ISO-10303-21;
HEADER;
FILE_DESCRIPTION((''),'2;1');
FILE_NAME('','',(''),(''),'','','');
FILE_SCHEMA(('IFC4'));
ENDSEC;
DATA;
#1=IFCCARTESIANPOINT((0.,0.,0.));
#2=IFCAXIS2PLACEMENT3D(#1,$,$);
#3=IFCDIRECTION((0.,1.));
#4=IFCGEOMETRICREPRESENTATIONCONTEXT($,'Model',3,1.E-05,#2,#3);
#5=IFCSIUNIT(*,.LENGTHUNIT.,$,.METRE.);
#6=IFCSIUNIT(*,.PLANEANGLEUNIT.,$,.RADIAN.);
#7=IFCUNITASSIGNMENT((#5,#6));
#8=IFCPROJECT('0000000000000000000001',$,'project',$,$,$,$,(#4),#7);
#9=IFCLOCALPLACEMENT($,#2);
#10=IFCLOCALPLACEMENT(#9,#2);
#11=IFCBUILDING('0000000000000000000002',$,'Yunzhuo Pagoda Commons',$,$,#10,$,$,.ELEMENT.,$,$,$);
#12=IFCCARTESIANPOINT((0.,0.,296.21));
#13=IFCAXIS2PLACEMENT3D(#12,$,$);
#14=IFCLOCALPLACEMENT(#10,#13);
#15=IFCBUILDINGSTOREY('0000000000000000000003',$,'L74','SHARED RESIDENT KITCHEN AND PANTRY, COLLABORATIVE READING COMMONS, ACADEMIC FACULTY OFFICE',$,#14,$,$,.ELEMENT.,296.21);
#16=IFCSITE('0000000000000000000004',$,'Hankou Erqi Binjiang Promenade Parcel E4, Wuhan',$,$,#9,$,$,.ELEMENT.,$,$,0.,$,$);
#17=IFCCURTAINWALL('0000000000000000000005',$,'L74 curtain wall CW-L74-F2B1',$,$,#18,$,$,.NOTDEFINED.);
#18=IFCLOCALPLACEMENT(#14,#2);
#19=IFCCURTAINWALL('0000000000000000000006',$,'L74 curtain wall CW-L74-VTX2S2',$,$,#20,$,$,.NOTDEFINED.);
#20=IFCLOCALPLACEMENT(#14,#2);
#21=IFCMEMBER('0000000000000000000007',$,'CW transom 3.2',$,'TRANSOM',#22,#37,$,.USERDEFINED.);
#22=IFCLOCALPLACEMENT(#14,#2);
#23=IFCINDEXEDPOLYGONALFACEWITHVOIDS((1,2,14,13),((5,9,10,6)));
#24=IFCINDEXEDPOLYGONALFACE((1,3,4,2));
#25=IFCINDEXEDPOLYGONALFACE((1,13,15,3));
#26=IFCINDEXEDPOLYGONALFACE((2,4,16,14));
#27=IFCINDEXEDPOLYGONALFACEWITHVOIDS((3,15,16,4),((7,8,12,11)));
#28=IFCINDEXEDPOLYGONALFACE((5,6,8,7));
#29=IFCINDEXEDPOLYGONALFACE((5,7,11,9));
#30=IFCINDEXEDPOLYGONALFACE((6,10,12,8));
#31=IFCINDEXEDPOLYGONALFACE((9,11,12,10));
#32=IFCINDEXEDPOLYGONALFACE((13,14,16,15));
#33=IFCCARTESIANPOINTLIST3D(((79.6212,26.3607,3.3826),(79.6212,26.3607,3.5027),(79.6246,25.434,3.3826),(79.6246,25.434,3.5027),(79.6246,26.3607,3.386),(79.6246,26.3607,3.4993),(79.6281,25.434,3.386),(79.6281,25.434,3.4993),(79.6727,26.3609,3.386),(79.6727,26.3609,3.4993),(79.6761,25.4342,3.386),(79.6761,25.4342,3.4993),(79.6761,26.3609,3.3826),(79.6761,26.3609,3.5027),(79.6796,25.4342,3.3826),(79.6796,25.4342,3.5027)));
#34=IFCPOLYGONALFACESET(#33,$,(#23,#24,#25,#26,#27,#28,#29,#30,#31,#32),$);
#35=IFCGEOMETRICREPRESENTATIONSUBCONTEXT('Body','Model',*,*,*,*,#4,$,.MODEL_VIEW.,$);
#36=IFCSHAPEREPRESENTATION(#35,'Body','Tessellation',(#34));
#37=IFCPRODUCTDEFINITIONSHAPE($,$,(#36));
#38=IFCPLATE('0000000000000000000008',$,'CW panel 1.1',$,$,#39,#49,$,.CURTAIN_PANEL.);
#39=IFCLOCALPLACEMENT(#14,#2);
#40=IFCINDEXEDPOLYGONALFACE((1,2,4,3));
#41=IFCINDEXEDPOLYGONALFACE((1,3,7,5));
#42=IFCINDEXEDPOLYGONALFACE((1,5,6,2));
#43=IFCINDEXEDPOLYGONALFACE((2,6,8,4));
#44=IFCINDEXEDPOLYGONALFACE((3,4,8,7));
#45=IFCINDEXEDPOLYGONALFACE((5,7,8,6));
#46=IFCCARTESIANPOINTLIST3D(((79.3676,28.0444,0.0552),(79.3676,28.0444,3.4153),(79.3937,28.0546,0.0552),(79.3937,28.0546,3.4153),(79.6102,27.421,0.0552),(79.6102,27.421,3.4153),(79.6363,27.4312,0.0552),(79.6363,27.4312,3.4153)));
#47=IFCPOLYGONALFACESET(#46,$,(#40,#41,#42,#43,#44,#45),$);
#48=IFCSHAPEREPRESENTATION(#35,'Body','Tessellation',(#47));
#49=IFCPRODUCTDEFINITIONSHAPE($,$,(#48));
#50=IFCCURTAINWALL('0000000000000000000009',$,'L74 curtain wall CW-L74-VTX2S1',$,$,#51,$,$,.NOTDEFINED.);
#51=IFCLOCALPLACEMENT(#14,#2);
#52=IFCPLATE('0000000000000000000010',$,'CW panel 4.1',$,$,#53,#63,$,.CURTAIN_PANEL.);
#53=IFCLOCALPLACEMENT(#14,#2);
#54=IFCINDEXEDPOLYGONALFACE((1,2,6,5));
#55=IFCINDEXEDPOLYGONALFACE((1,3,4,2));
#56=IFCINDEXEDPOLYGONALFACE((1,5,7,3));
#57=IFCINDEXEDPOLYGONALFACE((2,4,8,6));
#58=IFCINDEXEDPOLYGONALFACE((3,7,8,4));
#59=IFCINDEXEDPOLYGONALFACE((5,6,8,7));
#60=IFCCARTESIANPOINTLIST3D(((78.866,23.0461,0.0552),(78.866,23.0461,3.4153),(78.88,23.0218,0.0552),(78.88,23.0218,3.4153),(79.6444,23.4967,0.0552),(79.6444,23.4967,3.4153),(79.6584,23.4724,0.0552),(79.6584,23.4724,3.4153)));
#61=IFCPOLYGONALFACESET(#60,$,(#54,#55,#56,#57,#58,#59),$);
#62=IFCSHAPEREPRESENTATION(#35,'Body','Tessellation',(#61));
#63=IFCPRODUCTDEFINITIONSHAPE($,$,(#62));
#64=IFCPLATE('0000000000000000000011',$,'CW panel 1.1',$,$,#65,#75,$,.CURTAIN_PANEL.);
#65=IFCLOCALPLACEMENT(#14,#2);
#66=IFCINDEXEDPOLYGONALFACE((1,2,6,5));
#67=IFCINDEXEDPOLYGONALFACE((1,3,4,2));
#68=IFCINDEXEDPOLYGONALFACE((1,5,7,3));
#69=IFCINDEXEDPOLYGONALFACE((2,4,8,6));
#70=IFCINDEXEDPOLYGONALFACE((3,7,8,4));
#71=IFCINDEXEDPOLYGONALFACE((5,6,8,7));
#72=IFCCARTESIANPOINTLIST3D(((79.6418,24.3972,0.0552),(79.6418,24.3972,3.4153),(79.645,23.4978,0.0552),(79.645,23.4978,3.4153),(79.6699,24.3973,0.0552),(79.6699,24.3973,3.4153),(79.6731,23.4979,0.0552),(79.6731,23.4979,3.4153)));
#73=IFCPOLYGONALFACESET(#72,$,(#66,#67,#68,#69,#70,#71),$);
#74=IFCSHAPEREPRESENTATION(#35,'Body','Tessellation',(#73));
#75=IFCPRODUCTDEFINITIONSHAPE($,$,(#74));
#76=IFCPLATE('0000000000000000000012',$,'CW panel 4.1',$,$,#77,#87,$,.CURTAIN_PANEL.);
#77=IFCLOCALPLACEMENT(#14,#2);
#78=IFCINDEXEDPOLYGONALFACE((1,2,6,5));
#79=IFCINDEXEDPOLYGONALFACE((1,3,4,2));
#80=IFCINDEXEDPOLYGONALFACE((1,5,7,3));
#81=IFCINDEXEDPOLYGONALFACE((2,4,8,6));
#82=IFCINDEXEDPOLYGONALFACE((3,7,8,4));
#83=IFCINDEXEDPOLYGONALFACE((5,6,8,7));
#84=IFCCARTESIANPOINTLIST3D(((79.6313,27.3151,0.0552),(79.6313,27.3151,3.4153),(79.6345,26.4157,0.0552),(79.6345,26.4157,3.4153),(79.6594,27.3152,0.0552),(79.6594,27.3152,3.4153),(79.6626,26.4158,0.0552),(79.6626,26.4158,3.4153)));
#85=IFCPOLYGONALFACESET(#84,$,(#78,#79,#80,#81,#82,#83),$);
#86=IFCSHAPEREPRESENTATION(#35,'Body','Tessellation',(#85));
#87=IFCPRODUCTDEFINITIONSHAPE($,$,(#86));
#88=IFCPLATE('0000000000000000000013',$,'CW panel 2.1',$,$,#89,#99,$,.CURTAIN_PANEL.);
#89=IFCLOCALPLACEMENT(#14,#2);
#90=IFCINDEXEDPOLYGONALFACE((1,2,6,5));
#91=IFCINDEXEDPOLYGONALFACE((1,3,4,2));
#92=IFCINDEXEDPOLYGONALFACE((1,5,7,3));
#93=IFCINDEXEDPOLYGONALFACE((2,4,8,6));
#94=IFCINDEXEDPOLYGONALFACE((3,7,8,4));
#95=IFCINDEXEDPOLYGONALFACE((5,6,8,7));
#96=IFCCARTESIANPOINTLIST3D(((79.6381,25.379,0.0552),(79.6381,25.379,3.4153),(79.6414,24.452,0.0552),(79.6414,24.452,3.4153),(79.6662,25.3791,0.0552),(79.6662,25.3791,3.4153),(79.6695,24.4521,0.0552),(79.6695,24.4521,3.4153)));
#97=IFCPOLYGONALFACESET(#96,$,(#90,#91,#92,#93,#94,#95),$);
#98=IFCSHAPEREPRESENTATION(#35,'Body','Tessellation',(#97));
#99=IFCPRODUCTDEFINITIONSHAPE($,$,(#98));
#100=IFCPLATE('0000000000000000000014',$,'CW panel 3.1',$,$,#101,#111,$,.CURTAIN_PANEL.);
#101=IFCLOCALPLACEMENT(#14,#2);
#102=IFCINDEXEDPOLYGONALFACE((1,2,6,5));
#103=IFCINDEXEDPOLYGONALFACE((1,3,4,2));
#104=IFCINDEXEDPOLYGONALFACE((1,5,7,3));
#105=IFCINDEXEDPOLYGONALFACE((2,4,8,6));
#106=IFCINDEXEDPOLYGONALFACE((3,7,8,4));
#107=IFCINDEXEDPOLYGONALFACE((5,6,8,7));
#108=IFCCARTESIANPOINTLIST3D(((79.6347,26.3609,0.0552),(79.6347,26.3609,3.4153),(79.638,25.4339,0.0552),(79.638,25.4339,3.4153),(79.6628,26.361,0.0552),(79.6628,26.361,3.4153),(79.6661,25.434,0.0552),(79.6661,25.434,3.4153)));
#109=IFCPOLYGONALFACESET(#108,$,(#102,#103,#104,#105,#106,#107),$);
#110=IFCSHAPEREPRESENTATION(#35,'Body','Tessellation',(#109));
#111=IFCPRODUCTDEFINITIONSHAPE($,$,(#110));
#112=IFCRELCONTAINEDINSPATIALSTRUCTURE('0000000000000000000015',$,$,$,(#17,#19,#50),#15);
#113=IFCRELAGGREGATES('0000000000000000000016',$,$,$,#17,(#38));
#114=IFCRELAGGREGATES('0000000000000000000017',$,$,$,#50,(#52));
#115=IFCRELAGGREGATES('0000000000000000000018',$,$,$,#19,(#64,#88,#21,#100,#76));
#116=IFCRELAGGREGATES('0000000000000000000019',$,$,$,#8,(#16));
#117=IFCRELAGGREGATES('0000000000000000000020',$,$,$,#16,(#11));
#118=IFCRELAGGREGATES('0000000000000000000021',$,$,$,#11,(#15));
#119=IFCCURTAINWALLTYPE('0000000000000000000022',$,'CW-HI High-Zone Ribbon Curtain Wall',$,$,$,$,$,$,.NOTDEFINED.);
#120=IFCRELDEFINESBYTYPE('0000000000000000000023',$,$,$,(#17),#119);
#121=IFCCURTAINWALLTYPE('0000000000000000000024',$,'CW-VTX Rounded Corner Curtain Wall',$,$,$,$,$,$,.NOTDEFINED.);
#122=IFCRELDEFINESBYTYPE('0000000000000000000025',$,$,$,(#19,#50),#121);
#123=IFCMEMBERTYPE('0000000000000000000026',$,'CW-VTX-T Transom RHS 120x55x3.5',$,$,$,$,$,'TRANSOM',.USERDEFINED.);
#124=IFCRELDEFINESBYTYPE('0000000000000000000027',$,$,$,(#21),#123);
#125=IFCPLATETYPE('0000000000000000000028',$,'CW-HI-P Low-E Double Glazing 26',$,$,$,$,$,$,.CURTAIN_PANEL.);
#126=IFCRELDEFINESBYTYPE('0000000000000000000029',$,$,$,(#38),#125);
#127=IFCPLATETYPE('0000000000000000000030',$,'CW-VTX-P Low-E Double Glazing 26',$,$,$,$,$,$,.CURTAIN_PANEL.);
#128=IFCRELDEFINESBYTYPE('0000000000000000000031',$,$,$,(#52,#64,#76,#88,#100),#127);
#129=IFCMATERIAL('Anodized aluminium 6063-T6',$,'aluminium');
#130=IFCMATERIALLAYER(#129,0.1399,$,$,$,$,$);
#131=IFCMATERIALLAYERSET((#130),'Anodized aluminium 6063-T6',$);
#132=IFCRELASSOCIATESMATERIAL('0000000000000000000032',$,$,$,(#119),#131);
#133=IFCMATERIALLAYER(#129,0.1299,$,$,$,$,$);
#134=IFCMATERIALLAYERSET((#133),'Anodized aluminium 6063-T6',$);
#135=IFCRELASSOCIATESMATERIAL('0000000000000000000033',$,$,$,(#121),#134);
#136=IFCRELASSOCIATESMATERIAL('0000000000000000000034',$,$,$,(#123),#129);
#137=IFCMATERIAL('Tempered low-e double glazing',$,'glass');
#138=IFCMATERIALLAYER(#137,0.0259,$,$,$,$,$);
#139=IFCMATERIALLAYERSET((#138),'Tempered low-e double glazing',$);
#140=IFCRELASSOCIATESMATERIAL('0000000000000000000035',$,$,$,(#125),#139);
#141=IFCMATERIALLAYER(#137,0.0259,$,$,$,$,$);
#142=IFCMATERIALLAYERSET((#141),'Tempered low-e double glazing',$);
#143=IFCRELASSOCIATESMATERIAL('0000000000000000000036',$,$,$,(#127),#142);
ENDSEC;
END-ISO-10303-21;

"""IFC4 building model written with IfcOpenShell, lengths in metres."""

from ifc_helpers import new_model, si_unit, direction, frame, origin, origin_2d, place, context, subcontext, project, spatial, rectangle, hollow_rectangle, extrude, source, transform, mapped, material, layer, layer_set, material_profile, profile_set, type_object, element, aggregate, save


model = new_model("IFC4")

# Units and contexts
model_context = context("Model", 3, precision=1e-05, world=origin(), true_north=direction((0.0, 1.0)))
body_context = subcontext(model_context, "Body", "Model", "MODEL_VIEW")
ifc_project = project(units=[si_unit("LENGTHUNIT", "METRE"), si_unit("PLANEANGLEUNIT", "RADIAN")], contexts=[model_context])

# Site, building, storey
site_placement = place(None, origin())
site = spatial("IfcSite", under=ifc_project, at=site_placement, Name="Hankou Erqi Binjiang Promenade Parcel E4, Wuhan", CompositionType="ELEMENT", RefElevation=0.0)
building_placement = place(site_placement, origin())
building = spatial("IfcBuilding", under=site, at=building_placement, Name="Yunzhuo Pagoda Commons", CompositionType="ELEMENT")
storey_placement = place(building_placement, frame((0.0, 0.0, 296.21)))
storey = spatial("IfcBuildingStorey", under=building, at=storey_placement, Name="L74", Description="SHARED RESIDENT KITCHEN AND PANTRY, COLLABORATIVE READING COMMONS, ACADEMIC FACULTY OFFICE", CompositionType="ELEMENT", Elevation=296.21)

# Shared definitions
ifc_material_1 = material(Name="Anodized aluminium 6063-T6", Category="aluminium")
ifc_layer_1 = layer(ifc_material_1, 0.1399)
ifc_layer_set_1 = layer_set([ifc_layer_1], Name="Anodized aluminium 6063-T6")
curtain_wall_type_1 = type_object("IfcCurtainWallType", Name="CW-HI High-Zone Ribbon Curtain Wall", PredefinedType="NOTDEFINED", material=ifc_layer_set_1)

# Curtain walls
curtain_wall_1_placement = place(storey_placement, origin())
curtain_wall_1 = element("IfcCurtainWall", 1, at=curtain_wall_1_placement, inside=storey, type_object=curtain_wall_type_1, Name="L74 curtain wall CW-L74-F2B1", PredefinedType="NOTDEFINED")
ifc_layer_2 = layer(ifc_material_1, 0.1299)
ifc_layer_set_2 = layer_set([ifc_layer_2], Name="Anodized aluminium 6063-T6")
curtain_wall_type_2 = type_object("IfcCurtainWallType", Name="CW-VTX Rounded Corner Curtain Wall", PredefinedType="NOTDEFINED", material=ifc_layer_set_2)
curtain_wall_2_placement = place(storey_placement, origin())
curtain_wall_2 = element("IfcCurtainWall", 2, at=curtain_wall_2_placement, inside=storey, type_object=curtain_wall_type_2, Name="L74 curtain wall CW-L74-VTX2S2", PredefinedType="NOTDEFINED")

# Member
ifc_material_profile_1 = material_profile(ifc_material_1, hollow_rectangle(XDim=0.0549, YDim=0.1201, WallThickness=0.0034, at=origin_2d()), Name="Anodized aluminium 6063-T6")
ifc_profile_set_1 = profile_set([ifc_material_profile_1], Name="Anodized aluminium 6063-T6")
member_type_1 = type_object("IfcMemberType", Name="CW-VTX-T Transom RHS 120x55x3.5", ElementType="TRANSOM", PredefinedType="USERDEFINED", material=ifc_profile_set_1)
shared_shape_1 = source(origin(), body_context, "Body", "SweptSolid", [
    extrude(hollow_rectangle(XDim=0.0549, YDim=0.1201, WallThickness=0.0034, at=origin_2d()), origin(), (0.0, 0.0, 1.0), 0.9268),
])
member_1_placement = place(storey_placement, frame((79.6521, 25.4341, 3.4426), z_axis=(-0.003688, 0.999993, 0.0), x_axis=(-0.999993, -0.003688, 0.0)))
member_1 = element("IfcMember", 3, at=member_1_placement, type_object=member_type_1, Name="CW transom 3.2", ObjectType="TRANSOM", PredefinedType="USERDEFINED", context=body_context, shape_type="MappedRepresentation", body=[
    mapped(shared_shape_1, transform((0.0, 0.0, 0.0), scale=1.0)),
])

# Plate
ifc_material_2 = material(Name="Tempered low-e double glazing", Category="glass")
ifc_layer_3 = layer(ifc_material_2, 0.0259)
ifc_layer_set_3 = layer_set([ifc_layer_3], Name="Tempered low-e double glazing")
plate_type_1 = type_object("IfcPlateType", Name="CW-HI-P Low-E Double Glazing 26", PredefinedType="CURTAIN_PANEL", material=ifc_layer_set_3)
shared_shape_2 = source(origin(), body_context, "Body", "SweptSolid", [
    extrude(rectangle(XDim=0.6689, YDim=0.0281, at=origin_2d()), origin(), (0.0, 0.0, 1.0), 3.3601),
])
plate_1_placement = place(storey_placement, frame((79.502, 27.7378, 0.0552), z_axis=(0.0, 0.0, 1.0), x_axis=(-0.362654, 0.931924, 0.0)))
plate_1 = element("IfcPlate", 4, at=plate_1_placement, type_object=plate_type_1, Name="CW panel 1.1", PredefinedType="CURTAIN_PANEL", context=body_context, shape_type="MappedRepresentation", body=[
    mapped(shared_shape_2, transform((0.0, 0.0, 0.0), scale=1.0)),
])
aggregate(curtain_wall_1, [plate_1])

# Curtain wall, plate
curtain_wall_3_placement = place(storey_placement, origin())
curtain_wall_3 = element("IfcCurtainWall", 5, at=curtain_wall_3_placement, inside=storey, type_object=curtain_wall_type_2, Name="L74 curtain wall CW-L74-VTX2S1", PredefinedType="NOTDEFINED")
ifc_layer_4 = layer(ifc_material_2, 0.0259)
ifc_layer_set_4 = layer_set([ifc_layer_4], Name="Tempered low-e double glazing")
plate_type_2 = type_object("IfcPlateType", Name="CW-VTX-P Low-E Double Glazing 26", PredefinedType="CURTAIN_PANEL", material=ifc_layer_set_4)
shared_shape_3 = source(origin(), body_context, "Body", "SweptSolid", [
    extrude(rectangle(XDim=0.8994, YDim=0.0281, at=origin_2d()), origin(), (0.0, 0.0, 1.0), 3.3601),
])
plate_2_placement = place(storey_placement, frame((79.2622, 23.2593, 0.0552), z_axis=(0.0, 0.0, 1.0), x_axis=(0.865437, 0.501017, 0.0)))
plate_2 = element("IfcPlate", 6, at=plate_2_placement, type_object=plate_type_2, Name="CW panel 4.1", PredefinedType="CURTAIN_PANEL", context=body_context, shape_type="MappedRepresentation", body=[
    mapped(shared_shape_3, transform((0.0, 0.0, 0.0), scale=1.0)),
])
aggregate(curtain_wall_3, [plate_2])

# Plates
plate_3_placement = place(storey_placement, frame((79.6575, 23.9475, 0.0552), z_axis=(0.0, 0.0, 1.0), x_axis=(-0.00359, 0.999994, 0.0)))
plate_3 = element("IfcPlate", 7, at=plate_3_placement, type_object=plate_type_2, Name="CW panel 1.1", PredefinedType="CURTAIN_PANEL", context=body_context, shape_type="MappedRepresentation", body=[
    mapped(shared_shape_3, transform((0.0, 0.0, 0.0), scale=1.0)),
])
plate_4_placement = place(storey_placement, frame((79.647, 26.8655, 0.0552), z_axis=(0.0, 0.0, 1.0), x_axis=(-0.00359, 0.999994, 0.0)))
plate_4 = element("IfcPlate", 8, at=plate_4_placement, type_object=plate_type_2, Name="CW panel 4.1", PredefinedType="CURTAIN_PANEL", context=body_context, shape_type="MappedRepresentation", body=[
    mapped(shared_shape_3, transform((0.0, 0.0, 0.0), scale=1.0)),
])
shared_shape_4 = source(origin(), body_context, "Body", "SweptSolid", [
    extrude(rectangle(XDim=0.927, YDim=0.0281, at=origin_2d()), origin(), (0.0, 0.0, 1.0), 3.3601),
])
plate_5_placement = place(storey_placement, frame((79.6538, 24.9155, 0.0552), z_axis=(0.0, 0.0, 1.0), x_axis=(-0.00359, 0.999994, 0.0)))
plate_5 = element("IfcPlate", 9, at=plate_5_placement, type_object=plate_type_2, Name="CW panel 2.1", PredefinedType="CURTAIN_PANEL", context=body_context, shape_type="MappedRepresentation", body=[
    mapped(shared_shape_4, transform((0.0, 0.0, 0.0), scale=1.0)),
])
plate_6_placement = place(storey_placement, frame((79.6504, 25.8975, 0.0552), z_axis=(0.0, 0.0, 1.0), x_axis=(-0.00359, 0.999994, 0.0)))
plate_6 = element("IfcPlate", 10, at=plate_6_placement, type_object=plate_type_2, Name="CW panel 3.1", PredefinedType="CURTAIN_PANEL", context=body_context, shape_type="MappedRepresentation", body=[
    mapped(shared_shape_4, transform((0.0, 0.0, 0.0), scale=1.0)),
])
aggregate(curtain_wall_2, [plate_3, plate_5, member_1, plate_6, plate_4])

save(model, "model.ifc")
